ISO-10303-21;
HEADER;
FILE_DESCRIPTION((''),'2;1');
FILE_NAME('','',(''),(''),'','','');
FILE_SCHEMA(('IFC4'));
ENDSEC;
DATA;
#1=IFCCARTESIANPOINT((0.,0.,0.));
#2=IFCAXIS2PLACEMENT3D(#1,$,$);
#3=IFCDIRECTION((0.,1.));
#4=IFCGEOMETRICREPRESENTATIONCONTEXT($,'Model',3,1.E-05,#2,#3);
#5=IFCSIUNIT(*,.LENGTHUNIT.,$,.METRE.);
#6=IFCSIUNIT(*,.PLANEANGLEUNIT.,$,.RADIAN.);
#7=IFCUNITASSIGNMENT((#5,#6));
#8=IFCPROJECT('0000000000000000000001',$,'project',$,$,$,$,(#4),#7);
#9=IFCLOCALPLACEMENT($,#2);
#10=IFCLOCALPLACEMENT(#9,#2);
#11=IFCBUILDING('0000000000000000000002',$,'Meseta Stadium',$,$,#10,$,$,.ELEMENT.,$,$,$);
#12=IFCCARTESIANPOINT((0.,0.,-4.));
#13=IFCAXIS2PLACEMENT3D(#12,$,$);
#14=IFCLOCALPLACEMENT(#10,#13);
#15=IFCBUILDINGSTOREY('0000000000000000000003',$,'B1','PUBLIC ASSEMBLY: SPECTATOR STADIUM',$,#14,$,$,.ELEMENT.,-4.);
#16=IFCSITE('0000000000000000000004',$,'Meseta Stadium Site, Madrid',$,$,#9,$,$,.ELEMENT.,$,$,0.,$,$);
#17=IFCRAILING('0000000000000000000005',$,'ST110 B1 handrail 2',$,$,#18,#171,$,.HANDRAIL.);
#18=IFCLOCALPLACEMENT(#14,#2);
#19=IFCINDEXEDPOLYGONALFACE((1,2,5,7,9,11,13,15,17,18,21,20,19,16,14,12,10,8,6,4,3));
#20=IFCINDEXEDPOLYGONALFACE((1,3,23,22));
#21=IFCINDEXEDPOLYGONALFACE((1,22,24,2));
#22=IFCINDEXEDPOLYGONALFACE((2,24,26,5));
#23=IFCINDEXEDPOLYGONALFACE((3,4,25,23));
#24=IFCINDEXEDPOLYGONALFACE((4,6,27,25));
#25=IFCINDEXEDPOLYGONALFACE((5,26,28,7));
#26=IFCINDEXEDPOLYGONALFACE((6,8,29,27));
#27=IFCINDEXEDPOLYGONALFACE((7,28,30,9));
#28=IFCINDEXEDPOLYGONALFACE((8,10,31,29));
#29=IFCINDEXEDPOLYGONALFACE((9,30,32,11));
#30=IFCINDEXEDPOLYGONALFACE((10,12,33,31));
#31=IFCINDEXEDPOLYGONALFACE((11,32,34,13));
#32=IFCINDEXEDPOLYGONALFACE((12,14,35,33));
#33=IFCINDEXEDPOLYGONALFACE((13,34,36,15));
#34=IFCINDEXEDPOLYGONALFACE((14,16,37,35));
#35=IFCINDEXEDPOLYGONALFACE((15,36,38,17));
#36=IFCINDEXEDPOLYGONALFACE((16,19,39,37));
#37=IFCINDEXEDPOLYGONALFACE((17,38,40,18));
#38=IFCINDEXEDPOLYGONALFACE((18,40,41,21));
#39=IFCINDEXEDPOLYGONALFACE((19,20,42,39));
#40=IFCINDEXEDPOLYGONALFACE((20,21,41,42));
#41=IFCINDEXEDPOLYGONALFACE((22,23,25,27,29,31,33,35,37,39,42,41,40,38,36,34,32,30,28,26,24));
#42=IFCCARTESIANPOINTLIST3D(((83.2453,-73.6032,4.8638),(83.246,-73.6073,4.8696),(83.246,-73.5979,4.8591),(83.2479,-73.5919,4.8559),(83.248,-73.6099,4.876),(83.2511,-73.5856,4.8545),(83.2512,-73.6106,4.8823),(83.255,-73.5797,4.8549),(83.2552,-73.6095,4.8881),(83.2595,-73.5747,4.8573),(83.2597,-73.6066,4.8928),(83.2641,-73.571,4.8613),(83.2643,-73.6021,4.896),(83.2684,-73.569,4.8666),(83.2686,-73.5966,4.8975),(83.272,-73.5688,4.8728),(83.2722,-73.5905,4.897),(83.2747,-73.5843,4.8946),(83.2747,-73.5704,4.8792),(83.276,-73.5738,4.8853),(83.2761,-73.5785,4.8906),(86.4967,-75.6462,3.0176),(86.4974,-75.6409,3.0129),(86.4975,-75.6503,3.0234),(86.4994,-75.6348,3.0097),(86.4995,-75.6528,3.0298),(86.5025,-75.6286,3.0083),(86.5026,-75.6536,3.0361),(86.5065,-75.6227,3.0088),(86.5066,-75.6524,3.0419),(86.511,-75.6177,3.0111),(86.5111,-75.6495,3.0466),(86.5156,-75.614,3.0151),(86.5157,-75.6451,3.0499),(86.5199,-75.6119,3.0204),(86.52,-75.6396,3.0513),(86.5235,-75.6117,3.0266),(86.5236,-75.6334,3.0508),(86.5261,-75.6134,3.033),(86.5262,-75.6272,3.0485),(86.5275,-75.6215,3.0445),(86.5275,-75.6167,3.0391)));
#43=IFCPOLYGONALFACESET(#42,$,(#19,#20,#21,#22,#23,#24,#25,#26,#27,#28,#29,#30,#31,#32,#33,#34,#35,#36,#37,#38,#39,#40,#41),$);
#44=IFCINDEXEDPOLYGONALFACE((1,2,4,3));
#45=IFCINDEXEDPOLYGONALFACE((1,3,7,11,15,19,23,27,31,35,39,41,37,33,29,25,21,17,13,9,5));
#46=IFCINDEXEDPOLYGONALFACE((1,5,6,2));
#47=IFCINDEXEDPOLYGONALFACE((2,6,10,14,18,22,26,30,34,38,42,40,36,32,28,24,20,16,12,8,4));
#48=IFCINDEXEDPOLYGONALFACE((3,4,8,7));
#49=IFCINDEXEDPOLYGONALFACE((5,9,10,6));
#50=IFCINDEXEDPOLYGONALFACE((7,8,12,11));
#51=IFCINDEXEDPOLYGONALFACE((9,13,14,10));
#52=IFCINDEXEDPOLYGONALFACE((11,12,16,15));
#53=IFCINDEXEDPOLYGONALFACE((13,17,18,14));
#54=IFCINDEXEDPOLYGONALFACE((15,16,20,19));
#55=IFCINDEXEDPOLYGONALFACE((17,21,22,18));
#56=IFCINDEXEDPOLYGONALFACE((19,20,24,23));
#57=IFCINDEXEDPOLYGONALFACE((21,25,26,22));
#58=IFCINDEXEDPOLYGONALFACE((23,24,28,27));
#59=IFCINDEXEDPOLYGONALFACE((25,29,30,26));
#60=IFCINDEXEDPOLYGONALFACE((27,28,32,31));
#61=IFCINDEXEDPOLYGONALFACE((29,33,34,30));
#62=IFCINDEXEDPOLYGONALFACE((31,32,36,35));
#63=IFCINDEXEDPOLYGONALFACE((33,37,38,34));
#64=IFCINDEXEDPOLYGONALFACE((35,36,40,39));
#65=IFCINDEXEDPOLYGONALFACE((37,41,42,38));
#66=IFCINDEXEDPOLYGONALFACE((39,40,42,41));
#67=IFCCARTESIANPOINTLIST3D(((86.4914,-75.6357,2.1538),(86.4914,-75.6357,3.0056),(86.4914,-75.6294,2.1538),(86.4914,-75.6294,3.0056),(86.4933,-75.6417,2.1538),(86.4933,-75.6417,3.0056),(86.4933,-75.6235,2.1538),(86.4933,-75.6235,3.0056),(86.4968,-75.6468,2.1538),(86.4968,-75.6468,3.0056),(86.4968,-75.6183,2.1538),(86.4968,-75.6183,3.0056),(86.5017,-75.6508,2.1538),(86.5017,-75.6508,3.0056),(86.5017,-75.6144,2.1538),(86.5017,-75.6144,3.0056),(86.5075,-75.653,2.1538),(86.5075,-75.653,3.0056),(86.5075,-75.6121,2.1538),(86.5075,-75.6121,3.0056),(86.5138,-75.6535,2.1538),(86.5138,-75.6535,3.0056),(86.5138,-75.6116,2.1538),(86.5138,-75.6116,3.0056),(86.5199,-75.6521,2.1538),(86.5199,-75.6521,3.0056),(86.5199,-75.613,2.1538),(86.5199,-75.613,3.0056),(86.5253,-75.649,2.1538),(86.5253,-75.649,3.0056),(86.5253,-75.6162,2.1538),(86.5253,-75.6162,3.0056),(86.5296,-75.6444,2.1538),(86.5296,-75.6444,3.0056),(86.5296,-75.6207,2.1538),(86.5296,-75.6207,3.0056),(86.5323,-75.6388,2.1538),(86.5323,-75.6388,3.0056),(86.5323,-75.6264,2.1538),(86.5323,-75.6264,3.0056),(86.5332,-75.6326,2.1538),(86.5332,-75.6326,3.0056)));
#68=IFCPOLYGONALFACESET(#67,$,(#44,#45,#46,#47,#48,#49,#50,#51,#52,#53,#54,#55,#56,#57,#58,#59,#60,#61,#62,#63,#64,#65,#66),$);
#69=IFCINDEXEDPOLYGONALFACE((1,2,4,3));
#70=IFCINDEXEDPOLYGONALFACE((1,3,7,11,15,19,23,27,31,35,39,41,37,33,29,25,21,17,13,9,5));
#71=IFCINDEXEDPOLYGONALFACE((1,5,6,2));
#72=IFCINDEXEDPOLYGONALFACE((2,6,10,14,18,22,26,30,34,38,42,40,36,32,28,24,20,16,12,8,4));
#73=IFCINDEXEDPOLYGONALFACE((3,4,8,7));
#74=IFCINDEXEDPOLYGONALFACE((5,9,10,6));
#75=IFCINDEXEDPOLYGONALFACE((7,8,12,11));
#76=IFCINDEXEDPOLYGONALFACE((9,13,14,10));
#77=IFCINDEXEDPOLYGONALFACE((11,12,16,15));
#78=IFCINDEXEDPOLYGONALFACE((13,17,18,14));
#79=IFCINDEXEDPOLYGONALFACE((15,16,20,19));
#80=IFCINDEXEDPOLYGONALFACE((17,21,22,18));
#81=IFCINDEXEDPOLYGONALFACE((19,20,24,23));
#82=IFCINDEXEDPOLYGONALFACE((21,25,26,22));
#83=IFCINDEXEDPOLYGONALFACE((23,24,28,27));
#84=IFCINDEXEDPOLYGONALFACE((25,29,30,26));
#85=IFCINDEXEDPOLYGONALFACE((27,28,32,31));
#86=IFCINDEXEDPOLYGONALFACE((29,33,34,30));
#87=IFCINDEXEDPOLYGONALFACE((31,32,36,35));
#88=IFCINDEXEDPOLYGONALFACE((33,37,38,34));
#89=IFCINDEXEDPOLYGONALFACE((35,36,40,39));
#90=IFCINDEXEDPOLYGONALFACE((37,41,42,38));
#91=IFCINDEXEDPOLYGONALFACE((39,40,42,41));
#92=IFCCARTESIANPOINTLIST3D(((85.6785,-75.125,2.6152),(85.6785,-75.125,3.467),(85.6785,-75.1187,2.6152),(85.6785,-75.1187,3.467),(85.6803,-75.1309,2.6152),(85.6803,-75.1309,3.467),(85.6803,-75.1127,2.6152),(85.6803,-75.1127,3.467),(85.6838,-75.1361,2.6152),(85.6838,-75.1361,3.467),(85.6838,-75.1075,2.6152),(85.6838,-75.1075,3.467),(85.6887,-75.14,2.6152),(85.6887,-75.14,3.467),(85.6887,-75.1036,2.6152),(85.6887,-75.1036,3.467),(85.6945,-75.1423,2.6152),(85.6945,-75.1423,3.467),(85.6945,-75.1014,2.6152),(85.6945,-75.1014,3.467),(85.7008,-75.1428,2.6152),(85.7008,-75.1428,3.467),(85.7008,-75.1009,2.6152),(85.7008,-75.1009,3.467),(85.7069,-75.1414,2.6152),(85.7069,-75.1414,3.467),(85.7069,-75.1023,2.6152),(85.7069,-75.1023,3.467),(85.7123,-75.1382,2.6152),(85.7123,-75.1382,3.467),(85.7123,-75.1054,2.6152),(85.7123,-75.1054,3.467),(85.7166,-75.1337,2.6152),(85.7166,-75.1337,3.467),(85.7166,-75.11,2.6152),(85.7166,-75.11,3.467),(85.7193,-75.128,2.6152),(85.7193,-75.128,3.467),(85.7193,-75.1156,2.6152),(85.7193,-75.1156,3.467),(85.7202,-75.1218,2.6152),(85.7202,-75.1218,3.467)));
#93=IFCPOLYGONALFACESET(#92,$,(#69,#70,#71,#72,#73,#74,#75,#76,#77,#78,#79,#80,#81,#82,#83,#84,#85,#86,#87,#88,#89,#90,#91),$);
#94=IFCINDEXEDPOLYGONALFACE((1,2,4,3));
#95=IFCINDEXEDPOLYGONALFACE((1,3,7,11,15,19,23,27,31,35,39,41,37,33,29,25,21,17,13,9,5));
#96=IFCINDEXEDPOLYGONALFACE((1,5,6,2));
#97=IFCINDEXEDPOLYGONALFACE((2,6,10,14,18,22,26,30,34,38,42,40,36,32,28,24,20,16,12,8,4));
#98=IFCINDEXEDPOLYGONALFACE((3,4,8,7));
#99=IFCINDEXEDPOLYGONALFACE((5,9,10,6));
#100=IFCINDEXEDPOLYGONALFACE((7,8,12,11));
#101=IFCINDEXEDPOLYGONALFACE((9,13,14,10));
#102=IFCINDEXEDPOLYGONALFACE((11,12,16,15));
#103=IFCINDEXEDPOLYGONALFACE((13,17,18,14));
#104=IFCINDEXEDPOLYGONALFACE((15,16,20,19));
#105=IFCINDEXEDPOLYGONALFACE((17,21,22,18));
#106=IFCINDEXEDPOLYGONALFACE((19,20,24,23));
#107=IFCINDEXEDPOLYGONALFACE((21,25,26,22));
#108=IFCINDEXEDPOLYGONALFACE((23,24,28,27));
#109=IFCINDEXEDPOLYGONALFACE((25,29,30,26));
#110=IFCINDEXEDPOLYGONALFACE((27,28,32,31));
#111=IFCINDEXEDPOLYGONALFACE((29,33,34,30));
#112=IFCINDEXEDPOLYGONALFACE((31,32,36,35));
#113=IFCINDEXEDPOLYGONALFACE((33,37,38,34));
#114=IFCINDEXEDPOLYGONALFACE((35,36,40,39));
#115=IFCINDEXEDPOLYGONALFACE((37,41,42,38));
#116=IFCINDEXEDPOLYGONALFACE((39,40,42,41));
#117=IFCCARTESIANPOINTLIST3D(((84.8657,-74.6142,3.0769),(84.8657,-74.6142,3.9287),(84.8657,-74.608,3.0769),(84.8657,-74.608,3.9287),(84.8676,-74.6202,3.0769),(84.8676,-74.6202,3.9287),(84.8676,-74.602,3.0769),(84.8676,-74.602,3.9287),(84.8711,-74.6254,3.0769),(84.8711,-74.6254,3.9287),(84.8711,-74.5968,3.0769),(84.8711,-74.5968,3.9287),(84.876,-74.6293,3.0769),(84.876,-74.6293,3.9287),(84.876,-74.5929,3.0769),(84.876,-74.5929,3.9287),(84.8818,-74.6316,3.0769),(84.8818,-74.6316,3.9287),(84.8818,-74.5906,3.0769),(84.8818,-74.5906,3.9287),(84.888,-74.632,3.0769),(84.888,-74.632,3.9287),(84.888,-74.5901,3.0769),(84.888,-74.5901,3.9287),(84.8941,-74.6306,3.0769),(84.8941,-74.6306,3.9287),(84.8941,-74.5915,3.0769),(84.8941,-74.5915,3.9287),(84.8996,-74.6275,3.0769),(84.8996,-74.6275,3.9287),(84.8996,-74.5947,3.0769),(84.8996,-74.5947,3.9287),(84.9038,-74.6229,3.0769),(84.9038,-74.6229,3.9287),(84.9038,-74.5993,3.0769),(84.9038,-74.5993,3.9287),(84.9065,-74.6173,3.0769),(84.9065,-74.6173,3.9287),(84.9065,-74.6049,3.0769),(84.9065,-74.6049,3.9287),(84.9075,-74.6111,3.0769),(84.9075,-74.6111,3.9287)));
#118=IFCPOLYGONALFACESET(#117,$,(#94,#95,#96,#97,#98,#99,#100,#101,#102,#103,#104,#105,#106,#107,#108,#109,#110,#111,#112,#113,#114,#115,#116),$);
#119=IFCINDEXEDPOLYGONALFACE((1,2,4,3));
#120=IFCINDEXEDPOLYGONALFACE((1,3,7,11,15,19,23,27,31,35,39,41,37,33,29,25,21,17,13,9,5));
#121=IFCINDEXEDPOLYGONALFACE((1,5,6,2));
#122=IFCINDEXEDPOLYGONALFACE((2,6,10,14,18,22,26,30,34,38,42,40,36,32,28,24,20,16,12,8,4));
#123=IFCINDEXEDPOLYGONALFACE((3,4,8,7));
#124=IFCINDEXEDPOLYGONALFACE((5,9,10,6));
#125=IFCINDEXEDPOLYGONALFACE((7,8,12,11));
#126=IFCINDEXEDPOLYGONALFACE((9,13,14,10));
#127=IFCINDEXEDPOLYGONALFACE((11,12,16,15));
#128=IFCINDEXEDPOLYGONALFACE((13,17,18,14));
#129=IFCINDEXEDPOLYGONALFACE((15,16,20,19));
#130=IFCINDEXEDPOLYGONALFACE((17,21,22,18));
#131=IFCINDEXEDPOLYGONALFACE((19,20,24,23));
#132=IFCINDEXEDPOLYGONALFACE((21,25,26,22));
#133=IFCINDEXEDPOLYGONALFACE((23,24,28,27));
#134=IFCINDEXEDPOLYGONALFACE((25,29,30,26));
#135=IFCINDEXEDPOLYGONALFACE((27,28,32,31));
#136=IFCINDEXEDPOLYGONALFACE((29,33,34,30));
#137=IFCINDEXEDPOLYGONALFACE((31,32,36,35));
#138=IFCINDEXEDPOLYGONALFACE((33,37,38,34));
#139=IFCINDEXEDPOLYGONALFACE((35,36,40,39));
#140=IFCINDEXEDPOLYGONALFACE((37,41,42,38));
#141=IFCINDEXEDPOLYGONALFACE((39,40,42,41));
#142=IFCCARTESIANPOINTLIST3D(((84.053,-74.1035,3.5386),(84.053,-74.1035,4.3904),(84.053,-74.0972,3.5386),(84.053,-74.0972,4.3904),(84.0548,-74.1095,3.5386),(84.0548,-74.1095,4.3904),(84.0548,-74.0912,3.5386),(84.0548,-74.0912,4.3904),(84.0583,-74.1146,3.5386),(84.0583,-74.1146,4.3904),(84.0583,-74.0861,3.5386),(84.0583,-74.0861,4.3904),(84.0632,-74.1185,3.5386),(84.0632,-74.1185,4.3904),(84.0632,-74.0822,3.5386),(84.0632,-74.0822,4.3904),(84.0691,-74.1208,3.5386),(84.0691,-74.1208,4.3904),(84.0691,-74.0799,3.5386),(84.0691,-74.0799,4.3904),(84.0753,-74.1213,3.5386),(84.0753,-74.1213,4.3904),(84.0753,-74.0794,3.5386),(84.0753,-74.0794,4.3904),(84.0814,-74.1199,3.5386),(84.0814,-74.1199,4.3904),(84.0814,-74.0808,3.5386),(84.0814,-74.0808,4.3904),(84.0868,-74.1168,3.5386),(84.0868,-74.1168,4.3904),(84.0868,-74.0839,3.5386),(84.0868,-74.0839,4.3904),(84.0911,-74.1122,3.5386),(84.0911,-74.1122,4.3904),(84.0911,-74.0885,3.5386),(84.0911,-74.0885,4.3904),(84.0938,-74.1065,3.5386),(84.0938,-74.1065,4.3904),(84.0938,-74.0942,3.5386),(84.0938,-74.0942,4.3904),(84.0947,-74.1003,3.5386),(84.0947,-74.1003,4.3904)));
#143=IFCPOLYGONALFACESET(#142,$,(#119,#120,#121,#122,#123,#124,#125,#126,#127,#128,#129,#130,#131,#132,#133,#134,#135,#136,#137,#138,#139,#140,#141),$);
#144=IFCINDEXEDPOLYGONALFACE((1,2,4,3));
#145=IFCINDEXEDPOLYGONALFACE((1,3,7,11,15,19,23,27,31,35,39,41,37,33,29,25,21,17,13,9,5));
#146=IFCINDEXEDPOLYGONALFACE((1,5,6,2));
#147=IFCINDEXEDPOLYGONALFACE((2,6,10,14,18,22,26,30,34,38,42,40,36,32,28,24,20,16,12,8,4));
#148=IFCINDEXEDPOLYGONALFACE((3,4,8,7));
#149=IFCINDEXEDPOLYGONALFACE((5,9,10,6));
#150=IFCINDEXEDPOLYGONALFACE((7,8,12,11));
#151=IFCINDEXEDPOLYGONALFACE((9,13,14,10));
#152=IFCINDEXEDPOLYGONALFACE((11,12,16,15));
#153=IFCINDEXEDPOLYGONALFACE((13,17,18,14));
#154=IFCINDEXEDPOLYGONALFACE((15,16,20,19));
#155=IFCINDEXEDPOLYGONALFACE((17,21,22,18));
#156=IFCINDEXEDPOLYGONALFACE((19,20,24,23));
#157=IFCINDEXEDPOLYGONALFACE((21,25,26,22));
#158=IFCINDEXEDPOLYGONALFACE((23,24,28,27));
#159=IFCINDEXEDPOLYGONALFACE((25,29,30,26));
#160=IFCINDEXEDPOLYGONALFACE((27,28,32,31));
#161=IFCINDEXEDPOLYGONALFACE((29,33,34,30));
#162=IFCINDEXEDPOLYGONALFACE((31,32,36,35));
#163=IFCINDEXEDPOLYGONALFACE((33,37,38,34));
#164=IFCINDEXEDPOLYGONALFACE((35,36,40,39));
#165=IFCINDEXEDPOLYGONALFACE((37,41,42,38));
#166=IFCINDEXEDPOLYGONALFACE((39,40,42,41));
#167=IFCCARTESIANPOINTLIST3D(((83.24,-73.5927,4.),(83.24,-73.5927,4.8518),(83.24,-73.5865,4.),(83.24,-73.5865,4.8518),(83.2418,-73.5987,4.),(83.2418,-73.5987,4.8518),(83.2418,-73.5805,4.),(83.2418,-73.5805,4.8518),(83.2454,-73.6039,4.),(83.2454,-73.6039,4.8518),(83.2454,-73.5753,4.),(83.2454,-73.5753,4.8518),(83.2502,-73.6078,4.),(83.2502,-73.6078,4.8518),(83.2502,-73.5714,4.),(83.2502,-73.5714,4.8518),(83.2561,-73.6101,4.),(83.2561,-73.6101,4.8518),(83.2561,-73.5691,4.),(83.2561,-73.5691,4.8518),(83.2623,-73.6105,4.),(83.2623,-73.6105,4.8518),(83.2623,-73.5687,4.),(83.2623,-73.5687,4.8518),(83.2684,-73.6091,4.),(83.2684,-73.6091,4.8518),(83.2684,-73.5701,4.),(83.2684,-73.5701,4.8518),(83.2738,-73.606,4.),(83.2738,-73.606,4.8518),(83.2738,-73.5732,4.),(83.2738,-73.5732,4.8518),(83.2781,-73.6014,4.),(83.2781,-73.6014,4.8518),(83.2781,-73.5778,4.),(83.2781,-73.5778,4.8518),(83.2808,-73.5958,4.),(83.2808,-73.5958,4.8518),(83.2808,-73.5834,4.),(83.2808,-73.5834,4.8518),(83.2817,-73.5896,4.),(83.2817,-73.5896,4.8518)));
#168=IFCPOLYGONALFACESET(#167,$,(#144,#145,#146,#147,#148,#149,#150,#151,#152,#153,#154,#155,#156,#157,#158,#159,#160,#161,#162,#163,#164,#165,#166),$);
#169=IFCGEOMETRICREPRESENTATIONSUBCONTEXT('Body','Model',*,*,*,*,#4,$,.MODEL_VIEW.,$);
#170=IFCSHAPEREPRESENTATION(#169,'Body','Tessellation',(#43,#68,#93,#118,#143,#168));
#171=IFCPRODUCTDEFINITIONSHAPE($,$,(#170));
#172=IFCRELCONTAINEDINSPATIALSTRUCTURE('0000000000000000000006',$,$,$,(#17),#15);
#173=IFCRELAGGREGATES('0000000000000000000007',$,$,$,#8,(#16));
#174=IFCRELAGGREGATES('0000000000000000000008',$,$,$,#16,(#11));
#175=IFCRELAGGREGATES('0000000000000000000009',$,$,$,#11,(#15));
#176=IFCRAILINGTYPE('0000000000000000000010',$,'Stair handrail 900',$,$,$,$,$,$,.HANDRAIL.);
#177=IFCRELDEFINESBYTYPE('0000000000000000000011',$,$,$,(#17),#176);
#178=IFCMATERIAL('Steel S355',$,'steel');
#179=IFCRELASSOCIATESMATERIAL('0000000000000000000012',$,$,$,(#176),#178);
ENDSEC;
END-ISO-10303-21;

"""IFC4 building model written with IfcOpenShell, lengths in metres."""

from ifc_helpers import new_model, si_unit, direction, frame, origin, origin_2d, place, context, subcontext, project, spatial, circle, extrude, material, type_object, element, save


model = new_model("IFC4")

# Units and contexts
model_context = context("Model", 3, precision=1e-05, world=origin(), true_north=direction((0.0, 1.0)))
body_context = subcontext(model_context, "Body", "Model", "MODEL_VIEW")
ifc_project = project(units=[si_unit("LENGTHUNIT", "METRE"), si_unit("PLANEANGLEUNIT", "RADIAN")], contexts=[model_context])

# Site, building, storey
site_placement = place(None, origin())
site = spatial("IfcSite", under=ifc_project, at=site_placement, Name="Meseta Stadium Site, Madrid", CompositionType="ELEMENT", RefElevation=0.0)
building_placement = place(site_placement, origin())
building = spatial("IfcBuilding", under=site, at=building_placement, Name="Meseta Stadium", CompositionType="ELEMENT")
storey_placement = place(building_placement, frame((0.0, 0.0, -4.0)))
storey = spatial("IfcBuildingStorey", under=building, at=storey_placement, Name="B1", Description="PUBLIC ASSEMBLY: SPECTATOR STADIUM", CompositionType="ELEMENT", Elevation=-4.0)

# Railing
ifc_material_1 = material(Name="Steel S355", Category="steel")
railing_type_1 = type_object("IfcRailingType", Name="Stair handrail 900", PredefinedType="HANDRAIL", material=ifc_material_1)
railing_1_placement = place(storey_placement, frame((86.5122, -75.6326, 2.1538)))
element("IfcRailing", 1, at=railing_1_placement, inside=storey, type_object=railing_type_1, Name="ST110 B1 handrail 2", PredefinedType="HANDRAIL", context=body_context, shape_type="SweptSolid", body=[
    extrude(circle(Radius=0.0239, at=origin_2d()), frame((0.0, 0.0, 0.876), z_axis=(-0.763117, 0.479483, 0.4333), x_axis=(-0.53202, -0.846731, 0.0)), (0.0, 0.0, 1.0), 4.2607),
    extrude(circle(Radius=0.021, at=origin_2d()), origin(), (0.0, 0.0, 1.0), 0.8518),
    extrude(circle(Radius=0.021, at=origin_2d()), frame((-0.813, 0.5107, 0.4614)), (0.0, 0.0, 1.0), 0.8518),
    extrude(circle(Radius=0.021, at=origin_2d()), frame((-1.6257, 1.0215, 0.9231)), (0.0, 0.0, 1.0), 0.8518),
    extrude(circle(Radius=0.021, at=origin_2d()), frame((-2.4385, 1.5322, 1.3848)), (0.0, 0.0, 1.0), 0.8518),
    extrude(circle(Radius=0.021, at=origin_2d()), frame((-3.2515, 2.043, 1.8462)), (0.0, 0.0, 1.0), 0.8518),
])

save(model, "model.ifc")
